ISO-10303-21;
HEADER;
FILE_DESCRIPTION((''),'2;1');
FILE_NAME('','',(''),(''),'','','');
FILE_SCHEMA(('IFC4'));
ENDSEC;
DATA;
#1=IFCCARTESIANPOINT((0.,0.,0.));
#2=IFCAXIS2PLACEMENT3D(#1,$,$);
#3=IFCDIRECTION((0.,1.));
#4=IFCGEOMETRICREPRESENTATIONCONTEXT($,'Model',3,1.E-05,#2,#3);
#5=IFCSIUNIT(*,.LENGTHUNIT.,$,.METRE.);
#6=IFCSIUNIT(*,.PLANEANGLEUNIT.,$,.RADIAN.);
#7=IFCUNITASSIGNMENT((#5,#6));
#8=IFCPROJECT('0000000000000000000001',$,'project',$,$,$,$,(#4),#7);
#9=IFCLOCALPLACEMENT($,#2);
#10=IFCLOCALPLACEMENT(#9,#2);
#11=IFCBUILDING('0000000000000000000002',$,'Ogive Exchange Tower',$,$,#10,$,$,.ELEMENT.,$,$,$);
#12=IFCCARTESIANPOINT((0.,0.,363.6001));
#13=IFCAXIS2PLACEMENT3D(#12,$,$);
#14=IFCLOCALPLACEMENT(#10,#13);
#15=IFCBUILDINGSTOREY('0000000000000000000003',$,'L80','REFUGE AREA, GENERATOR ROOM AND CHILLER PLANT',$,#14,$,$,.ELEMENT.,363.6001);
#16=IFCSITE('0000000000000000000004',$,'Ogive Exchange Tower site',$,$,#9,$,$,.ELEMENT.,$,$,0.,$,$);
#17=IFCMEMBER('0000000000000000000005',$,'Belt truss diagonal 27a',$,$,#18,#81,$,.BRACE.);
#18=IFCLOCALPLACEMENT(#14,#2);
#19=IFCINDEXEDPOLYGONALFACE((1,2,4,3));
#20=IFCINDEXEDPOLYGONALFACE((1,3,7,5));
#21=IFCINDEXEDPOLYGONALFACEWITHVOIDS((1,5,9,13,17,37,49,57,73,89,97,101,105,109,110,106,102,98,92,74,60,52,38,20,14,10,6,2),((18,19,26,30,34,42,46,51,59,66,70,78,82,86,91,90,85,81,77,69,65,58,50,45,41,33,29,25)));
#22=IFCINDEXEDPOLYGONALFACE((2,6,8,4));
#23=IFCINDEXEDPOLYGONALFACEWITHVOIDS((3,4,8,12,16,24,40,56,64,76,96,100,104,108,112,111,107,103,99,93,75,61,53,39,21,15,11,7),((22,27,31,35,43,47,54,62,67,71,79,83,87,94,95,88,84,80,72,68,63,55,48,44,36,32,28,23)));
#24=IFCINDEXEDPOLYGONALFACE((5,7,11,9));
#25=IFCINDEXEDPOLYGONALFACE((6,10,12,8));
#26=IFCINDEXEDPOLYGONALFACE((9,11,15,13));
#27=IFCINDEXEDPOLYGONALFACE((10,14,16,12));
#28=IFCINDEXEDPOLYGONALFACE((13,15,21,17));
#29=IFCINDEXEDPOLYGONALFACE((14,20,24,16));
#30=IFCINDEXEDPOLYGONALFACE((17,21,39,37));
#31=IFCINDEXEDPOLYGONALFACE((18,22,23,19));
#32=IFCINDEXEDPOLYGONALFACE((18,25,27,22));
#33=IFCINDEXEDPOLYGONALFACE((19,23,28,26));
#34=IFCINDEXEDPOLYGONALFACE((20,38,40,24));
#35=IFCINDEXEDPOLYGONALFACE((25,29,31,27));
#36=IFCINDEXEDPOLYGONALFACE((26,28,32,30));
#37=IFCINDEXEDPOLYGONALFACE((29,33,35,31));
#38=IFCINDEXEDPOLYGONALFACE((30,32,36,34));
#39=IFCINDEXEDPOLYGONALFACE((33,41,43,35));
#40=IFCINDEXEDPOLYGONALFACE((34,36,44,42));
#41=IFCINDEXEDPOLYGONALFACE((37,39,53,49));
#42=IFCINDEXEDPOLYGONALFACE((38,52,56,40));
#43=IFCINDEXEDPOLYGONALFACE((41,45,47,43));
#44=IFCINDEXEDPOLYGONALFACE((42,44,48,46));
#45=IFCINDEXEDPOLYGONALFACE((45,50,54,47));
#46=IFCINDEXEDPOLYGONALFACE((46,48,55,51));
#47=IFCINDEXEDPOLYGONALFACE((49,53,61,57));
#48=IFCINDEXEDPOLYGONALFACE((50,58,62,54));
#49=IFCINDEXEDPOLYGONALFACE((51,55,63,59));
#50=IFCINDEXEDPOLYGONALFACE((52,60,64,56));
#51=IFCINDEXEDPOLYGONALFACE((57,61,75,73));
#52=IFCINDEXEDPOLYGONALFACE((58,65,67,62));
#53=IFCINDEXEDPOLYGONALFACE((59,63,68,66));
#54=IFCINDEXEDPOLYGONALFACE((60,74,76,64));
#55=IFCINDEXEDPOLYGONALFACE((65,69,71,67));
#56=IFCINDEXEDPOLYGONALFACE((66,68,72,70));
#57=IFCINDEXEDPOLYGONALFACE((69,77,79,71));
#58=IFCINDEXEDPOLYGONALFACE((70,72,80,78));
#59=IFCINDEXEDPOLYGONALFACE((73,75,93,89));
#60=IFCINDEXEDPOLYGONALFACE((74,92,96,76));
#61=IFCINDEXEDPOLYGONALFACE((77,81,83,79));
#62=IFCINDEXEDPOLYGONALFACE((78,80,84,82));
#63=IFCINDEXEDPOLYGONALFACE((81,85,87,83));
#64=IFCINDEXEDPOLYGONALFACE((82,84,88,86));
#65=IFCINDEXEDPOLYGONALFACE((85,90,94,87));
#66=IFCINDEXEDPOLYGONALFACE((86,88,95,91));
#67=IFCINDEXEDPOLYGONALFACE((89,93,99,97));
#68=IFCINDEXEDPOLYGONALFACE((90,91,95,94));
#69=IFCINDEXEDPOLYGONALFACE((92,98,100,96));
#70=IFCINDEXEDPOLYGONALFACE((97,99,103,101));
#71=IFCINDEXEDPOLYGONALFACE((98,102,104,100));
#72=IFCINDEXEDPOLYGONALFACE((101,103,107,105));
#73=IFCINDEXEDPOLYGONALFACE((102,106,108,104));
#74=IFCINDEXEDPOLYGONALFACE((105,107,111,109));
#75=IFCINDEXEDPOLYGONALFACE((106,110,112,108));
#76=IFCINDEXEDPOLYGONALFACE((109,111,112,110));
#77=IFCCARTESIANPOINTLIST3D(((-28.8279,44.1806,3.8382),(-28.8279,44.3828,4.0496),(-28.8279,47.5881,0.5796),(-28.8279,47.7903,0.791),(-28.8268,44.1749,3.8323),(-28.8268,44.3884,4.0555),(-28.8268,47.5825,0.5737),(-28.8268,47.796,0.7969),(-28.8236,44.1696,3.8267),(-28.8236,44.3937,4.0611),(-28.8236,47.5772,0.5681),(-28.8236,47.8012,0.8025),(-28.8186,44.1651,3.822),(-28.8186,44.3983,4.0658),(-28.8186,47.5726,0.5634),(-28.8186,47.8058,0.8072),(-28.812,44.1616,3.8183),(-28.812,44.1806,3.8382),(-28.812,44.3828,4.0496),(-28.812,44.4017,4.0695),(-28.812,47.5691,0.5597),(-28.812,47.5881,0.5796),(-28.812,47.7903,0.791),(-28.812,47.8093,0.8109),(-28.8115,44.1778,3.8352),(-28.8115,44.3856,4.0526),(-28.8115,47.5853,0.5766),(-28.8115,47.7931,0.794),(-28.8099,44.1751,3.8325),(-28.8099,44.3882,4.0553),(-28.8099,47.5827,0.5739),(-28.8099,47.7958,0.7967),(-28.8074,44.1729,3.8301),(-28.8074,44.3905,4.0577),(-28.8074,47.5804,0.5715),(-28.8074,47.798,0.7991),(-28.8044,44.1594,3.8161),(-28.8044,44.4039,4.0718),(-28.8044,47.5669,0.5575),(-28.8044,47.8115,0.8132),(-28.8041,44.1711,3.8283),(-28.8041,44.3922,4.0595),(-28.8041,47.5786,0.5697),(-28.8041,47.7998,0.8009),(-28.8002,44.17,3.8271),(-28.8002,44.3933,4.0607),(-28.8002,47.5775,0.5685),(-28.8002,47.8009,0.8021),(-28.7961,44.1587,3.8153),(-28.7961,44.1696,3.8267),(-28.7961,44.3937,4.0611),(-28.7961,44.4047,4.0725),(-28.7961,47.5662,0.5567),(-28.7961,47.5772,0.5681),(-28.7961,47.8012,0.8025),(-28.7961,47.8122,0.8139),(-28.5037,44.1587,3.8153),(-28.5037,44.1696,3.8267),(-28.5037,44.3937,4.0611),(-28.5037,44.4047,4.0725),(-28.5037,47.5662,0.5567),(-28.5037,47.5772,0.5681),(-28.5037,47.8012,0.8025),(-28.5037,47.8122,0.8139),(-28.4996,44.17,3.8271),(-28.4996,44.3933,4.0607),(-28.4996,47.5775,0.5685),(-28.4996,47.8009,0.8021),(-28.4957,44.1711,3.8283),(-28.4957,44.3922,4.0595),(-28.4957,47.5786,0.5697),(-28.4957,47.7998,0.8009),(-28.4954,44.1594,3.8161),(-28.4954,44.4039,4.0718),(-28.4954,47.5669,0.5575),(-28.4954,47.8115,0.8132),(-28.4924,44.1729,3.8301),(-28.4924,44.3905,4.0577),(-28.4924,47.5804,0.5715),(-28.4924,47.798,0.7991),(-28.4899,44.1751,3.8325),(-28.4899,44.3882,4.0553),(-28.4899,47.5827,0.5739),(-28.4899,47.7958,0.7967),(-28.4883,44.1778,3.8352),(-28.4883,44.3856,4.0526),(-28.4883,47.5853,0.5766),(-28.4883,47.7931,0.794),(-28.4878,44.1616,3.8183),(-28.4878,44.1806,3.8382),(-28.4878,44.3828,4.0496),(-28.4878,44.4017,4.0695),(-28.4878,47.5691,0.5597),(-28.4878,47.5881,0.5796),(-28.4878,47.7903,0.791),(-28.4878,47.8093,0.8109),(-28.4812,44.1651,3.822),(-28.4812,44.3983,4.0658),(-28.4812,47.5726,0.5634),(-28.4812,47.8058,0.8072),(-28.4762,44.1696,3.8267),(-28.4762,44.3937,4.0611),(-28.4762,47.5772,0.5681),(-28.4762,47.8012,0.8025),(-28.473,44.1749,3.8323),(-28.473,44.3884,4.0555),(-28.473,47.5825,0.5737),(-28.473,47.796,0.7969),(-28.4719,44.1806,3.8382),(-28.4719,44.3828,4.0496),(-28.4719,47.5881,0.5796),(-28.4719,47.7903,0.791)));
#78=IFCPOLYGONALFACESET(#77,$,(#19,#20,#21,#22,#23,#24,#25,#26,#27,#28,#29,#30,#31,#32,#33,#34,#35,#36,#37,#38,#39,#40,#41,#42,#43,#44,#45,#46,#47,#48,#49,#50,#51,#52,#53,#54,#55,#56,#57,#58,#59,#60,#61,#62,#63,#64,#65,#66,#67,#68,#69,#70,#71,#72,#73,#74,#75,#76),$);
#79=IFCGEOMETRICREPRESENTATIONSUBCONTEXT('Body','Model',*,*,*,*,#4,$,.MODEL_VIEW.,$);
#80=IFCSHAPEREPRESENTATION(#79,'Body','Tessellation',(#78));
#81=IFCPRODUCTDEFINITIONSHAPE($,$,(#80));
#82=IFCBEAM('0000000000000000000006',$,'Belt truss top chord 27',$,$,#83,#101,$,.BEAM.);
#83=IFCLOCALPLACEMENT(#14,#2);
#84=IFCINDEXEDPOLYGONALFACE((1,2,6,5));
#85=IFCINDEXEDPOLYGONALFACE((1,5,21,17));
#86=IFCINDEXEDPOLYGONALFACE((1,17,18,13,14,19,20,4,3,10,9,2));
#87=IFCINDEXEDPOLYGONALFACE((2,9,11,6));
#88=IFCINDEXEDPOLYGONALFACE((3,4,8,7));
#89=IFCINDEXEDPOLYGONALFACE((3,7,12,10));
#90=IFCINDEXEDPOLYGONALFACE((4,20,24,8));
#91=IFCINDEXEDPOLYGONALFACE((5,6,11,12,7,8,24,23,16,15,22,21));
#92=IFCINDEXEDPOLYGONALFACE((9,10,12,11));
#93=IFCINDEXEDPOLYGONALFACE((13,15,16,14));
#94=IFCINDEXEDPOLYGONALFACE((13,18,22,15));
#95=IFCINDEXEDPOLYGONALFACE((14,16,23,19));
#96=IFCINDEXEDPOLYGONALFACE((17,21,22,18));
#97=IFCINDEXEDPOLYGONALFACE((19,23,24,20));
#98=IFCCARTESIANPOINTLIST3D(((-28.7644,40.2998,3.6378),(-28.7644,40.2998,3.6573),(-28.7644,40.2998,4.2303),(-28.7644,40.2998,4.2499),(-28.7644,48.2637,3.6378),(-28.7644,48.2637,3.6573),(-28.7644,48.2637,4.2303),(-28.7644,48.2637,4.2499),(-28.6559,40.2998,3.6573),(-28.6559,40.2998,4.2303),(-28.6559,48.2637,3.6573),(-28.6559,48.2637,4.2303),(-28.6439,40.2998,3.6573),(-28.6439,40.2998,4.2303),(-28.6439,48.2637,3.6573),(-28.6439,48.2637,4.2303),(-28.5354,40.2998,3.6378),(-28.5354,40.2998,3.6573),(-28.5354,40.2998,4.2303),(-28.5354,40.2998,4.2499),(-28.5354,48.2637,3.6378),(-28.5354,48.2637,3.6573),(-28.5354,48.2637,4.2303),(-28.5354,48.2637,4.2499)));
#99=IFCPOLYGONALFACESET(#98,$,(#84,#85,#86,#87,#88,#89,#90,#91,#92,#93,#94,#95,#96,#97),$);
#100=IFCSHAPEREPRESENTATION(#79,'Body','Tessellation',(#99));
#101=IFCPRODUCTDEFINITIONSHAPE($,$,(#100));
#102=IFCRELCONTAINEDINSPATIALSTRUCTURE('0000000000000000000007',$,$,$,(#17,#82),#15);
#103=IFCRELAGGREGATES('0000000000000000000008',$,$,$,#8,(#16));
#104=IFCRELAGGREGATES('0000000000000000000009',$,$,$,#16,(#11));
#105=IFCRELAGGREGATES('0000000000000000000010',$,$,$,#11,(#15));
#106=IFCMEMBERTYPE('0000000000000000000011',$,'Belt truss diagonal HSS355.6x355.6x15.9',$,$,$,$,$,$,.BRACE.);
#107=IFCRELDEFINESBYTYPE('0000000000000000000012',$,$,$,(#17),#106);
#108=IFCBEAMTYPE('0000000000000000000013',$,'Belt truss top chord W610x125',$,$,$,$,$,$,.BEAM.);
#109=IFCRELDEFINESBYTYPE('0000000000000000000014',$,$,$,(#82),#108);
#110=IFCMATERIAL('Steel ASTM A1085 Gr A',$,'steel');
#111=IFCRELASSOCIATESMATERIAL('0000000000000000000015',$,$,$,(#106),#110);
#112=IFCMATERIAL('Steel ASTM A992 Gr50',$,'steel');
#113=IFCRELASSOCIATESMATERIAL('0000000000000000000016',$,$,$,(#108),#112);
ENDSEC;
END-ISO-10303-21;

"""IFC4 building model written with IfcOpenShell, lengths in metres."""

from ifc_helpers import new_model, si_unit, direction, frame, origin, origin_2d, place, context, subcontext, project, spatial, hollow_rectangle, i_section, extrude, material, material_profile, profile_set, type_object, element, save


model = new_model("IFC4")

# Units and contexts
model_context = context("Model", 3, precision=1e-05, world=origin(), true_north=direction((0.0, 1.0)))
body_context = subcontext(model_context, "Body", "Model", "MODEL_VIEW")
ifc_project = project(units=[si_unit("LENGTHUNIT", "METRE"), si_unit("PLANEANGLEUNIT", "RADIAN")], contexts=[model_context])

# Site, building, storey
site_placement = place(None, origin())
site = spatial("IfcSite", under=ifc_project, at=site_placement, Name="Ogive Exchange Tower site", CompositionType="ELEMENT", RefElevation=0.0)
building_placement = place(site_placement, origin())
building = spatial("IfcBuilding", under=site, at=building_placement, Name="Ogive Exchange Tower", CompositionType="ELEMENT")
storey_placement = place(building_placement, frame((0.0, 0.0, 363.6001)))
storey = spatial("IfcBuildingStorey", under=building, at=storey_placement, Name="L80", Description="REFUGE AREA, GENERATOR ROOM AND CHILLER PLANT", CompositionType="ELEMENT", Elevation=363.6001)

# Shared definitions
ifc_material_1 = material(Name="Steel ASTM A992 Gr50", Category="steel")

# Member
ifc_material_2 = material(Name="Steel ASTM A1085 Gr A", Category="steel")
ifc_material_profile_1 = material_profile(ifc_material_2, hollow_rectangle(XDim=0.356, YDim=0.356, WallThickness=0.0159, InnerFilletRadius=0.0159, OuterFilletRadius=0.0317, at=origin_2d()), Name="HSS355.6x355.6x15.9")
ifc_profile_set_1 = profile_set([ifc_material_profile_1], Name="Steel ASTM A1085 Gr A")
member_type = type_object("IfcMemberType", Name="Belt truss diagonal HSS355.6x355.6x15.9", PredefinedType="BRACE", material=ifc_profile_set_1)
member_1_placement = place(storey_placement, frame((-28.6499, 47.6892, 0.6853), z_axis=(0.0, -0.722724, 0.691137), x_axis=(1.0, 0.0, 0.0)))
element("IfcMember", 1, at=member_1_placement, inside=storey, type_object=member_type, Name="Belt truss diagonal 27a", PredefinedType="BRACE", context=body_context, shape_type="SweptSolid", body=[
    extrude(hollow_rectangle(XDim=0.356, YDim=0.356, WallThickness=0.0159, InnerFilletRadius=0.0159, OuterFilletRadius=0.0317, at=origin_2d()), origin(), (0.0, 0.0, 1.0), 4.7148),
])

# Beam
ifc_material_profile_2 = material_profile(ifc_material_1, i_section(OverallWidth=0.229, OverallDepth=0.6121, WebThickness=0.012, FlangeThickness=0.0195, at=origin_2d()), Name="W610x125")
ifc_profile_set_2 = profile_set([ifc_material_profile_2], Name="Steel ASTM A992 Gr50")
beam_type_1 = type_object("IfcBeamType", Name="Belt truss top chord W610x125", PredefinedType="BEAM", material=ifc_profile_set_2)
beam_1_placement = place(storey_placement, frame((-28.6499, 48.2637, 3.9438), z_axis=(0.0, -1.0, 0.0), x_axis=(1.0, 0.0, 0.0)))
element("IfcBeam", 2, at=beam_1_placement, inside=storey, type_object=beam_type_1, Name="Belt truss top chord 27", PredefinedType="BEAM", context=body_context, shape_type="SweptSolid", body=[
    extrude(i_section(OverallWidth=0.229, OverallDepth=0.6121, WebThickness=0.012, FlangeThickness=0.0195, at=origin_2d()), origin(), (0.0, 0.0, 1.0), 7.9639),
])

save(model, "model.ifc")
